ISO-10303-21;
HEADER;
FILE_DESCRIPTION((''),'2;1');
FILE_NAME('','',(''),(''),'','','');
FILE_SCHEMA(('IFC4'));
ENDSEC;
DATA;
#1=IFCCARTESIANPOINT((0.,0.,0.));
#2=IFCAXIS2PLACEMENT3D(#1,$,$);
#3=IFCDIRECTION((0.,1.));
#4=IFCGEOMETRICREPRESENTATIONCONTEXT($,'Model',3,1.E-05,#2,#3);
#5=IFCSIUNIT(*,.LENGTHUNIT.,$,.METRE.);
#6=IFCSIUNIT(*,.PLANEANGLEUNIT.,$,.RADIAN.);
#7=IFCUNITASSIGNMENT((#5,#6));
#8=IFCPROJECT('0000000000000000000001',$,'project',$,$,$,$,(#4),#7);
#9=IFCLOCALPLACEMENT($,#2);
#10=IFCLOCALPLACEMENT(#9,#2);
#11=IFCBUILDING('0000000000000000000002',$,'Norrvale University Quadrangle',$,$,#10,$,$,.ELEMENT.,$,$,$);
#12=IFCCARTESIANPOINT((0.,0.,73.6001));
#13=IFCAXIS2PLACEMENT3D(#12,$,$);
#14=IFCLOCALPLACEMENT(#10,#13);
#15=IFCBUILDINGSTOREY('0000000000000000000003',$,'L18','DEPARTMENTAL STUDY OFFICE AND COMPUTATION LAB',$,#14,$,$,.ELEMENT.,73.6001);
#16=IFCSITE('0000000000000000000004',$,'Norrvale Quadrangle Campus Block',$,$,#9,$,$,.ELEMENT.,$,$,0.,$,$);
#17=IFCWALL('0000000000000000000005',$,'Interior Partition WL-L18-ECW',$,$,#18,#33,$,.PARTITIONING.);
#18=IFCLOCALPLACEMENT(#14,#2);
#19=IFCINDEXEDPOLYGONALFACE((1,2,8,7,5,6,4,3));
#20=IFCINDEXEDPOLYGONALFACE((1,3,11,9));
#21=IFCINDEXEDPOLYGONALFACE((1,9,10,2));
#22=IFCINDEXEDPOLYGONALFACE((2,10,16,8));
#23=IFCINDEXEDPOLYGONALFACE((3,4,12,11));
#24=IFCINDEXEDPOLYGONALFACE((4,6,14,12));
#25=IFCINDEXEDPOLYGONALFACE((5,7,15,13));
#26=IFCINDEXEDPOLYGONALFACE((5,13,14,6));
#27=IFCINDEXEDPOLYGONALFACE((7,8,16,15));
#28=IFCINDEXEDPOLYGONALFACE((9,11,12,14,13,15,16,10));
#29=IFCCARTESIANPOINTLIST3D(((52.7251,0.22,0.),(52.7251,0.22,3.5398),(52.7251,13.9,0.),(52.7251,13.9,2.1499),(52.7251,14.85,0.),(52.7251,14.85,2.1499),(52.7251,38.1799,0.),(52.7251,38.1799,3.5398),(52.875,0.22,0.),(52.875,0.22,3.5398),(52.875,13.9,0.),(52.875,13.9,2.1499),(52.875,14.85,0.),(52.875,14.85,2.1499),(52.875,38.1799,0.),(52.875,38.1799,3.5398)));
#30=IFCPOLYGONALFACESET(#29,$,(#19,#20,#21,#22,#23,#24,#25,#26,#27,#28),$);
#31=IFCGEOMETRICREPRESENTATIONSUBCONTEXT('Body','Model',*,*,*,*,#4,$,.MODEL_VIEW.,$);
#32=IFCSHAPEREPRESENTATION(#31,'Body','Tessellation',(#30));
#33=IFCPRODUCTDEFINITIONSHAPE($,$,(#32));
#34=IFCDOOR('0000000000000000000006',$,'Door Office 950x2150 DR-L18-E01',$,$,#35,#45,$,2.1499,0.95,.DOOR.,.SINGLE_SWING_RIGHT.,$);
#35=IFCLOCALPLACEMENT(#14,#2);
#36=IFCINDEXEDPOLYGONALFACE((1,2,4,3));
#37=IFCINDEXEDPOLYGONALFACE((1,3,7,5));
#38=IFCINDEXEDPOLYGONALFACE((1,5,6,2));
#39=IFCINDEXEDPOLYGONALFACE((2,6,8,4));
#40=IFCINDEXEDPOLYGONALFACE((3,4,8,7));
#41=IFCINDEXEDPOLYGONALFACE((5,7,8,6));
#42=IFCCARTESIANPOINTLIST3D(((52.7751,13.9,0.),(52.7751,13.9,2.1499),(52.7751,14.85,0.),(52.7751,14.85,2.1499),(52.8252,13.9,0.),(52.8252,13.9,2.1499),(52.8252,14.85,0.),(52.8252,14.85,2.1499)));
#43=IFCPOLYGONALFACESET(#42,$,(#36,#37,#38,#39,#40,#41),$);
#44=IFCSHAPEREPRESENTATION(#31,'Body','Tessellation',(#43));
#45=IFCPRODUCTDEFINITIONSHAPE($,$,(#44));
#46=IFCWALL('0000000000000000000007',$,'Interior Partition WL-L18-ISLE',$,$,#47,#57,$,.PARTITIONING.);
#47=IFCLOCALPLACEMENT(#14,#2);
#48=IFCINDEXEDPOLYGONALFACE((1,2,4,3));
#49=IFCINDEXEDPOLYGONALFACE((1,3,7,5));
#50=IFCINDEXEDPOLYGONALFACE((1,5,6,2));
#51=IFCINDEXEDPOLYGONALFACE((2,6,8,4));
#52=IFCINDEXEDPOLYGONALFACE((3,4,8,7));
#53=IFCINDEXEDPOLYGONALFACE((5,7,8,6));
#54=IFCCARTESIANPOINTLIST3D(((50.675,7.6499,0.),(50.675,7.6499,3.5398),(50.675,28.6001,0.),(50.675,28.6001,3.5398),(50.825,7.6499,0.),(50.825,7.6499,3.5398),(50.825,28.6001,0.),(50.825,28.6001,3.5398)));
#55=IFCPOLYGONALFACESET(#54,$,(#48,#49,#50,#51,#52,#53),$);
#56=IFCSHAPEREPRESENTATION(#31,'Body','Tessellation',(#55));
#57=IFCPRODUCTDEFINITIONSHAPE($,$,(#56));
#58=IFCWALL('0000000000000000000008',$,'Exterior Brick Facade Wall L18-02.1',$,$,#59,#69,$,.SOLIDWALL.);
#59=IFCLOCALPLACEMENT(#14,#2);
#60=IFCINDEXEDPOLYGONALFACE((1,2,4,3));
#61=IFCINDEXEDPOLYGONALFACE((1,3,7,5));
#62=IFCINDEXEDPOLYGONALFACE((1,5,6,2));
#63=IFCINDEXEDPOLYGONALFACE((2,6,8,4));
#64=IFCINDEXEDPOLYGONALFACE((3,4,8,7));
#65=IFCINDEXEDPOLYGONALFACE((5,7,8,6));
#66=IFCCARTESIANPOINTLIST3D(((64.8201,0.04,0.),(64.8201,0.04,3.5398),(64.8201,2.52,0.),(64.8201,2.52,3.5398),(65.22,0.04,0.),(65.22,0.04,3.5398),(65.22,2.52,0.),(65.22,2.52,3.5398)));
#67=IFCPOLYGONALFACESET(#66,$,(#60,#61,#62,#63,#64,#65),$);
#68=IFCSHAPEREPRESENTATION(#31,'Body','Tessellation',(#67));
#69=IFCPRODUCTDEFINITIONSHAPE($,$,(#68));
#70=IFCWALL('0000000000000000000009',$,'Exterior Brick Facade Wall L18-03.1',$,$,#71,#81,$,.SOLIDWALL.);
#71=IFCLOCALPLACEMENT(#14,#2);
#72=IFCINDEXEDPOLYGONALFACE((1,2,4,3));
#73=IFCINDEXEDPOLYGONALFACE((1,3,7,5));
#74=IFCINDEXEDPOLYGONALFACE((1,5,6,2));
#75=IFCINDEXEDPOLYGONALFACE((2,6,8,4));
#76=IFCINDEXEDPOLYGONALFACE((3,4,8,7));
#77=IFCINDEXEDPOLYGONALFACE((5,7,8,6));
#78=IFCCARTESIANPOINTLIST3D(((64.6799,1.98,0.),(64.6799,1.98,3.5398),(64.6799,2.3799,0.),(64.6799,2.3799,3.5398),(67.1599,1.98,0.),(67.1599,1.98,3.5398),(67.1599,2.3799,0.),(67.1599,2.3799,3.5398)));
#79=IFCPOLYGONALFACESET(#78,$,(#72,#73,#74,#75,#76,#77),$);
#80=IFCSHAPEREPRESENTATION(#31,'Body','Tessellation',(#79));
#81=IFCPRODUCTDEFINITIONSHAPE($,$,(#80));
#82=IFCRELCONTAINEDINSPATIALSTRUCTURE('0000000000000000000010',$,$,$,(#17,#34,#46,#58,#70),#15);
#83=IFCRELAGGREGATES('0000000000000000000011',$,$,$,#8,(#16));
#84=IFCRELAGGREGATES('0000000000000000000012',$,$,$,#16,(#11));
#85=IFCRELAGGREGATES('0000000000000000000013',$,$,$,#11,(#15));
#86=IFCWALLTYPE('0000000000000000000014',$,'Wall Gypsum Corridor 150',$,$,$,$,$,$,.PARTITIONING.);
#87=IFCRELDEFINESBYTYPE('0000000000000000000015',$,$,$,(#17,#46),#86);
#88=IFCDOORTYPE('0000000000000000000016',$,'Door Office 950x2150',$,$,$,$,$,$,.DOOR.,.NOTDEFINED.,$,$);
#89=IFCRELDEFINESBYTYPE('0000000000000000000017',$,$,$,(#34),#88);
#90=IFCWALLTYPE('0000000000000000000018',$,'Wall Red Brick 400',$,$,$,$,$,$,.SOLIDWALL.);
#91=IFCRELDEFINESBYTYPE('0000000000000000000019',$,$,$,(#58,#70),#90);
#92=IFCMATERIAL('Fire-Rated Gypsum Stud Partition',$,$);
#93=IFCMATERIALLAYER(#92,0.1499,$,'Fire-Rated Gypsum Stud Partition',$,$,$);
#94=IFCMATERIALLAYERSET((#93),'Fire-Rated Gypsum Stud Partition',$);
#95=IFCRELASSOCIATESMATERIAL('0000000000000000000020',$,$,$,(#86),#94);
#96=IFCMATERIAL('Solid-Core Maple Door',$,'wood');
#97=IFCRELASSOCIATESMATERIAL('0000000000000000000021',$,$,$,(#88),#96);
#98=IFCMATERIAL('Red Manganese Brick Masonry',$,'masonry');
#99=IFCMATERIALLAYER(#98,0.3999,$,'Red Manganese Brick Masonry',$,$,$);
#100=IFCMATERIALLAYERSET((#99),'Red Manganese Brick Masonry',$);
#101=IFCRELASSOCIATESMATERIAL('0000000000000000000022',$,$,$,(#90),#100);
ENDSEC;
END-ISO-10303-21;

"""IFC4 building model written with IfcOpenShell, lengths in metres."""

from ifc_helpers import new_model, si_unit, direction, frame, frame_2d, origin, place, context, subcontext, project, spatial, rectangle, extrude, material, layer, layer_set, type_object, element, fill, save


model = new_model("IFC4")

# Units and contexts
model_context = context("Model", 3, precision=1e-05, world=origin(), true_north=direction((0.0, 1.0)))
body_context = subcontext(model_context, "Body", "Model", "MODEL_VIEW")
ifc_project = project(units=[si_unit("LENGTHUNIT", "METRE"), si_unit("PLANEANGLEUNIT", "RADIAN")], contexts=[model_context])

# Site, building, storey
site_placement = place(None, origin())
site = spatial("IfcSite", under=ifc_project, at=site_placement, Name="Norrvale Quadrangle Campus Block", CompositionType="ELEMENT", RefElevation=0.0)
building_placement = place(site_placement, origin())
building = spatial("IfcBuilding", under=site, at=building_placement, Name="Norrvale University Quadrangle", CompositionType="ELEMENT")
storey_placement = place(building_placement, frame((0.0, 0.0, 73.6001)))
storey = spatial("IfcBuildingStorey", under=building, at=storey_placement, Name="L18", Description="DEPARTMENTAL STUDY OFFICE AND COMPUTATION LAB", CompositionType="ELEMENT", Elevation=73.6001)

# Wall, opening, door
ifc_material_1 = material(Name="Fire-Rated Gypsum Stud Partition")
ifc_layer_1 = layer(ifc_material_1, 0.1499, Name="Fire-Rated Gypsum Stud Partition")
ifc_layer_set_1 = layer_set([ifc_layer_1], Name="Fire-Rated Gypsum Stud Partition")
wall_type_1 = type_object("IfcWallType", Name="Wall Gypsum Corridor 150", PredefinedType="PARTITIONING", material=ifc_layer_set_1)
wall_1_placement = place(storey_placement, frame((52.8, 0.22, 0.0), z_axis=(0.0, 0.0, 1.0), x_axis=(0.0, 1.0, 0.0)))
wall_1 = element("IfcWall", 1, at=wall_1_placement, inside=storey, type_object=wall_type_1, Name="Interior Partition WL-L18-ECW", PredefinedType="PARTITIONING", context=body_context, shape_type="SweptSolid", body=[
    extrude(rectangle(XDim=37.96, YDim=0.1499, at=frame_2d((18.98, 0.0))), origin(), (0.0, 0.0, 1.0), 3.5398),
])
opening_1_placement = place(wall_1_placement, frame((13.6799, 0.0, 0.0)))
opening_1 = element("IfcOpeningElement", 2, at=opening_1_placement, cuts=wall_1, PredefinedType="OPENING", context=body_context, shape_type="SweptSolid", body=[
    extrude(rectangle(XDim=0.95, YDim=2.1499, at=frame_2d((0.4751, 1.075))), frame((0.0, 0.0869, 0.0), z_axis=(0.0, -1.0, 0.0), x_axis=(1.0, 0.0, 0.0)), (0.0, 0.0, 1.0), 0.1738),
])
ifc_material_2 = material(Name="Solid-Core Maple Door", Category="wood")
door_type = type_object("IfcDoorType", Name="Door Office 950x2150", OperationType="NOTDEFINED", PredefinedType="DOOR", material=ifc_material_2)
door_placement = place(opening_1_placement, origin())
door = element("IfcDoor", 3, at=door_placement, inside=storey, type_object=door_type, Name="Door Office 950x2150 DR-L18-E01", OperationType="SINGLE_SWING_RIGHT", OverallHeight=2.1499, OverallWidth=0.95, PredefinedType="DOOR", context=body_context, shape_type="SweptSolid", body=[
    extrude(rectangle(XDim=0.95, YDim=2.1499, at=frame_2d((0.4751, 1.075))), frame((0.0, 0.0249, 0.0), z_axis=(0.0, -1.0, 0.0), x_axis=(1.0, 0.0, 0.0)), (0.0, 0.0, 1.0), 0.05),
])
fill(opening_1, door)

# Walls
wall_2_placement = place(storey_placement, frame((50.75, 7.6499, 0.0), z_axis=(0.0, 0.0, 1.0), x_axis=(0.0, 1.0, 0.0)))
element("IfcWall", 4, at=wall_2_placement, inside=storey, type_object=wall_type_1, Name="Interior Partition WL-L18-ISLE", PredefinedType="PARTITIONING", context=body_context, shape_type="SweptSolid", body=[
    extrude(rectangle(XDim=20.9502, YDim=0.1499, at=frame_2d((10.4751, 0.0))), origin(), (0.0, 0.0, 1.0), 3.5398),
])
ifc_material_3 = material(Name="Red Manganese Brick Masonry", Category="masonry")
ifc_layer_2 = layer(ifc_material_3, 0.3999, Name="Red Manganese Brick Masonry")
ifc_layer_set_2 = layer_set([ifc_layer_2], Name="Red Manganese Brick Masonry")
wall_type_2 = type_object("IfcWallType", Name="Wall Red Brick 400", PredefinedType="SOLIDWALL", material=ifc_layer_set_2)
for number, where, z_axis, x_axis, name in (
    (5, (65.02, 0.04, 0.0), (0.0, 0.0, 1.0), (0.0, 1.0, 0.0), "Exterior Brick Facade Wall L18-02.1"),
    (6, (64.6799, 2.1799, 0.0), (0.0, 0.0, 1.0), (1.0, 0.0, 0.0), "Exterior Brick Facade Wall L18-03.1"),
):
    element("IfcWall", number, at=place(storey_placement, frame(where, z_axis=z_axis, x_axis=x_axis)), inside=storey, type_object=wall_type_2, Name=name, PredefinedType="SOLIDWALL", context=body_context, shape_type="SweptSolid", body=[
        extrude(rectangle(XDim=2.48, YDim=0.3999, at=frame_2d((1.24, 0.0))), origin(), (0.0, 0.0, 1.0), 3.5398),
    ])

save(model, "model.ifc")
